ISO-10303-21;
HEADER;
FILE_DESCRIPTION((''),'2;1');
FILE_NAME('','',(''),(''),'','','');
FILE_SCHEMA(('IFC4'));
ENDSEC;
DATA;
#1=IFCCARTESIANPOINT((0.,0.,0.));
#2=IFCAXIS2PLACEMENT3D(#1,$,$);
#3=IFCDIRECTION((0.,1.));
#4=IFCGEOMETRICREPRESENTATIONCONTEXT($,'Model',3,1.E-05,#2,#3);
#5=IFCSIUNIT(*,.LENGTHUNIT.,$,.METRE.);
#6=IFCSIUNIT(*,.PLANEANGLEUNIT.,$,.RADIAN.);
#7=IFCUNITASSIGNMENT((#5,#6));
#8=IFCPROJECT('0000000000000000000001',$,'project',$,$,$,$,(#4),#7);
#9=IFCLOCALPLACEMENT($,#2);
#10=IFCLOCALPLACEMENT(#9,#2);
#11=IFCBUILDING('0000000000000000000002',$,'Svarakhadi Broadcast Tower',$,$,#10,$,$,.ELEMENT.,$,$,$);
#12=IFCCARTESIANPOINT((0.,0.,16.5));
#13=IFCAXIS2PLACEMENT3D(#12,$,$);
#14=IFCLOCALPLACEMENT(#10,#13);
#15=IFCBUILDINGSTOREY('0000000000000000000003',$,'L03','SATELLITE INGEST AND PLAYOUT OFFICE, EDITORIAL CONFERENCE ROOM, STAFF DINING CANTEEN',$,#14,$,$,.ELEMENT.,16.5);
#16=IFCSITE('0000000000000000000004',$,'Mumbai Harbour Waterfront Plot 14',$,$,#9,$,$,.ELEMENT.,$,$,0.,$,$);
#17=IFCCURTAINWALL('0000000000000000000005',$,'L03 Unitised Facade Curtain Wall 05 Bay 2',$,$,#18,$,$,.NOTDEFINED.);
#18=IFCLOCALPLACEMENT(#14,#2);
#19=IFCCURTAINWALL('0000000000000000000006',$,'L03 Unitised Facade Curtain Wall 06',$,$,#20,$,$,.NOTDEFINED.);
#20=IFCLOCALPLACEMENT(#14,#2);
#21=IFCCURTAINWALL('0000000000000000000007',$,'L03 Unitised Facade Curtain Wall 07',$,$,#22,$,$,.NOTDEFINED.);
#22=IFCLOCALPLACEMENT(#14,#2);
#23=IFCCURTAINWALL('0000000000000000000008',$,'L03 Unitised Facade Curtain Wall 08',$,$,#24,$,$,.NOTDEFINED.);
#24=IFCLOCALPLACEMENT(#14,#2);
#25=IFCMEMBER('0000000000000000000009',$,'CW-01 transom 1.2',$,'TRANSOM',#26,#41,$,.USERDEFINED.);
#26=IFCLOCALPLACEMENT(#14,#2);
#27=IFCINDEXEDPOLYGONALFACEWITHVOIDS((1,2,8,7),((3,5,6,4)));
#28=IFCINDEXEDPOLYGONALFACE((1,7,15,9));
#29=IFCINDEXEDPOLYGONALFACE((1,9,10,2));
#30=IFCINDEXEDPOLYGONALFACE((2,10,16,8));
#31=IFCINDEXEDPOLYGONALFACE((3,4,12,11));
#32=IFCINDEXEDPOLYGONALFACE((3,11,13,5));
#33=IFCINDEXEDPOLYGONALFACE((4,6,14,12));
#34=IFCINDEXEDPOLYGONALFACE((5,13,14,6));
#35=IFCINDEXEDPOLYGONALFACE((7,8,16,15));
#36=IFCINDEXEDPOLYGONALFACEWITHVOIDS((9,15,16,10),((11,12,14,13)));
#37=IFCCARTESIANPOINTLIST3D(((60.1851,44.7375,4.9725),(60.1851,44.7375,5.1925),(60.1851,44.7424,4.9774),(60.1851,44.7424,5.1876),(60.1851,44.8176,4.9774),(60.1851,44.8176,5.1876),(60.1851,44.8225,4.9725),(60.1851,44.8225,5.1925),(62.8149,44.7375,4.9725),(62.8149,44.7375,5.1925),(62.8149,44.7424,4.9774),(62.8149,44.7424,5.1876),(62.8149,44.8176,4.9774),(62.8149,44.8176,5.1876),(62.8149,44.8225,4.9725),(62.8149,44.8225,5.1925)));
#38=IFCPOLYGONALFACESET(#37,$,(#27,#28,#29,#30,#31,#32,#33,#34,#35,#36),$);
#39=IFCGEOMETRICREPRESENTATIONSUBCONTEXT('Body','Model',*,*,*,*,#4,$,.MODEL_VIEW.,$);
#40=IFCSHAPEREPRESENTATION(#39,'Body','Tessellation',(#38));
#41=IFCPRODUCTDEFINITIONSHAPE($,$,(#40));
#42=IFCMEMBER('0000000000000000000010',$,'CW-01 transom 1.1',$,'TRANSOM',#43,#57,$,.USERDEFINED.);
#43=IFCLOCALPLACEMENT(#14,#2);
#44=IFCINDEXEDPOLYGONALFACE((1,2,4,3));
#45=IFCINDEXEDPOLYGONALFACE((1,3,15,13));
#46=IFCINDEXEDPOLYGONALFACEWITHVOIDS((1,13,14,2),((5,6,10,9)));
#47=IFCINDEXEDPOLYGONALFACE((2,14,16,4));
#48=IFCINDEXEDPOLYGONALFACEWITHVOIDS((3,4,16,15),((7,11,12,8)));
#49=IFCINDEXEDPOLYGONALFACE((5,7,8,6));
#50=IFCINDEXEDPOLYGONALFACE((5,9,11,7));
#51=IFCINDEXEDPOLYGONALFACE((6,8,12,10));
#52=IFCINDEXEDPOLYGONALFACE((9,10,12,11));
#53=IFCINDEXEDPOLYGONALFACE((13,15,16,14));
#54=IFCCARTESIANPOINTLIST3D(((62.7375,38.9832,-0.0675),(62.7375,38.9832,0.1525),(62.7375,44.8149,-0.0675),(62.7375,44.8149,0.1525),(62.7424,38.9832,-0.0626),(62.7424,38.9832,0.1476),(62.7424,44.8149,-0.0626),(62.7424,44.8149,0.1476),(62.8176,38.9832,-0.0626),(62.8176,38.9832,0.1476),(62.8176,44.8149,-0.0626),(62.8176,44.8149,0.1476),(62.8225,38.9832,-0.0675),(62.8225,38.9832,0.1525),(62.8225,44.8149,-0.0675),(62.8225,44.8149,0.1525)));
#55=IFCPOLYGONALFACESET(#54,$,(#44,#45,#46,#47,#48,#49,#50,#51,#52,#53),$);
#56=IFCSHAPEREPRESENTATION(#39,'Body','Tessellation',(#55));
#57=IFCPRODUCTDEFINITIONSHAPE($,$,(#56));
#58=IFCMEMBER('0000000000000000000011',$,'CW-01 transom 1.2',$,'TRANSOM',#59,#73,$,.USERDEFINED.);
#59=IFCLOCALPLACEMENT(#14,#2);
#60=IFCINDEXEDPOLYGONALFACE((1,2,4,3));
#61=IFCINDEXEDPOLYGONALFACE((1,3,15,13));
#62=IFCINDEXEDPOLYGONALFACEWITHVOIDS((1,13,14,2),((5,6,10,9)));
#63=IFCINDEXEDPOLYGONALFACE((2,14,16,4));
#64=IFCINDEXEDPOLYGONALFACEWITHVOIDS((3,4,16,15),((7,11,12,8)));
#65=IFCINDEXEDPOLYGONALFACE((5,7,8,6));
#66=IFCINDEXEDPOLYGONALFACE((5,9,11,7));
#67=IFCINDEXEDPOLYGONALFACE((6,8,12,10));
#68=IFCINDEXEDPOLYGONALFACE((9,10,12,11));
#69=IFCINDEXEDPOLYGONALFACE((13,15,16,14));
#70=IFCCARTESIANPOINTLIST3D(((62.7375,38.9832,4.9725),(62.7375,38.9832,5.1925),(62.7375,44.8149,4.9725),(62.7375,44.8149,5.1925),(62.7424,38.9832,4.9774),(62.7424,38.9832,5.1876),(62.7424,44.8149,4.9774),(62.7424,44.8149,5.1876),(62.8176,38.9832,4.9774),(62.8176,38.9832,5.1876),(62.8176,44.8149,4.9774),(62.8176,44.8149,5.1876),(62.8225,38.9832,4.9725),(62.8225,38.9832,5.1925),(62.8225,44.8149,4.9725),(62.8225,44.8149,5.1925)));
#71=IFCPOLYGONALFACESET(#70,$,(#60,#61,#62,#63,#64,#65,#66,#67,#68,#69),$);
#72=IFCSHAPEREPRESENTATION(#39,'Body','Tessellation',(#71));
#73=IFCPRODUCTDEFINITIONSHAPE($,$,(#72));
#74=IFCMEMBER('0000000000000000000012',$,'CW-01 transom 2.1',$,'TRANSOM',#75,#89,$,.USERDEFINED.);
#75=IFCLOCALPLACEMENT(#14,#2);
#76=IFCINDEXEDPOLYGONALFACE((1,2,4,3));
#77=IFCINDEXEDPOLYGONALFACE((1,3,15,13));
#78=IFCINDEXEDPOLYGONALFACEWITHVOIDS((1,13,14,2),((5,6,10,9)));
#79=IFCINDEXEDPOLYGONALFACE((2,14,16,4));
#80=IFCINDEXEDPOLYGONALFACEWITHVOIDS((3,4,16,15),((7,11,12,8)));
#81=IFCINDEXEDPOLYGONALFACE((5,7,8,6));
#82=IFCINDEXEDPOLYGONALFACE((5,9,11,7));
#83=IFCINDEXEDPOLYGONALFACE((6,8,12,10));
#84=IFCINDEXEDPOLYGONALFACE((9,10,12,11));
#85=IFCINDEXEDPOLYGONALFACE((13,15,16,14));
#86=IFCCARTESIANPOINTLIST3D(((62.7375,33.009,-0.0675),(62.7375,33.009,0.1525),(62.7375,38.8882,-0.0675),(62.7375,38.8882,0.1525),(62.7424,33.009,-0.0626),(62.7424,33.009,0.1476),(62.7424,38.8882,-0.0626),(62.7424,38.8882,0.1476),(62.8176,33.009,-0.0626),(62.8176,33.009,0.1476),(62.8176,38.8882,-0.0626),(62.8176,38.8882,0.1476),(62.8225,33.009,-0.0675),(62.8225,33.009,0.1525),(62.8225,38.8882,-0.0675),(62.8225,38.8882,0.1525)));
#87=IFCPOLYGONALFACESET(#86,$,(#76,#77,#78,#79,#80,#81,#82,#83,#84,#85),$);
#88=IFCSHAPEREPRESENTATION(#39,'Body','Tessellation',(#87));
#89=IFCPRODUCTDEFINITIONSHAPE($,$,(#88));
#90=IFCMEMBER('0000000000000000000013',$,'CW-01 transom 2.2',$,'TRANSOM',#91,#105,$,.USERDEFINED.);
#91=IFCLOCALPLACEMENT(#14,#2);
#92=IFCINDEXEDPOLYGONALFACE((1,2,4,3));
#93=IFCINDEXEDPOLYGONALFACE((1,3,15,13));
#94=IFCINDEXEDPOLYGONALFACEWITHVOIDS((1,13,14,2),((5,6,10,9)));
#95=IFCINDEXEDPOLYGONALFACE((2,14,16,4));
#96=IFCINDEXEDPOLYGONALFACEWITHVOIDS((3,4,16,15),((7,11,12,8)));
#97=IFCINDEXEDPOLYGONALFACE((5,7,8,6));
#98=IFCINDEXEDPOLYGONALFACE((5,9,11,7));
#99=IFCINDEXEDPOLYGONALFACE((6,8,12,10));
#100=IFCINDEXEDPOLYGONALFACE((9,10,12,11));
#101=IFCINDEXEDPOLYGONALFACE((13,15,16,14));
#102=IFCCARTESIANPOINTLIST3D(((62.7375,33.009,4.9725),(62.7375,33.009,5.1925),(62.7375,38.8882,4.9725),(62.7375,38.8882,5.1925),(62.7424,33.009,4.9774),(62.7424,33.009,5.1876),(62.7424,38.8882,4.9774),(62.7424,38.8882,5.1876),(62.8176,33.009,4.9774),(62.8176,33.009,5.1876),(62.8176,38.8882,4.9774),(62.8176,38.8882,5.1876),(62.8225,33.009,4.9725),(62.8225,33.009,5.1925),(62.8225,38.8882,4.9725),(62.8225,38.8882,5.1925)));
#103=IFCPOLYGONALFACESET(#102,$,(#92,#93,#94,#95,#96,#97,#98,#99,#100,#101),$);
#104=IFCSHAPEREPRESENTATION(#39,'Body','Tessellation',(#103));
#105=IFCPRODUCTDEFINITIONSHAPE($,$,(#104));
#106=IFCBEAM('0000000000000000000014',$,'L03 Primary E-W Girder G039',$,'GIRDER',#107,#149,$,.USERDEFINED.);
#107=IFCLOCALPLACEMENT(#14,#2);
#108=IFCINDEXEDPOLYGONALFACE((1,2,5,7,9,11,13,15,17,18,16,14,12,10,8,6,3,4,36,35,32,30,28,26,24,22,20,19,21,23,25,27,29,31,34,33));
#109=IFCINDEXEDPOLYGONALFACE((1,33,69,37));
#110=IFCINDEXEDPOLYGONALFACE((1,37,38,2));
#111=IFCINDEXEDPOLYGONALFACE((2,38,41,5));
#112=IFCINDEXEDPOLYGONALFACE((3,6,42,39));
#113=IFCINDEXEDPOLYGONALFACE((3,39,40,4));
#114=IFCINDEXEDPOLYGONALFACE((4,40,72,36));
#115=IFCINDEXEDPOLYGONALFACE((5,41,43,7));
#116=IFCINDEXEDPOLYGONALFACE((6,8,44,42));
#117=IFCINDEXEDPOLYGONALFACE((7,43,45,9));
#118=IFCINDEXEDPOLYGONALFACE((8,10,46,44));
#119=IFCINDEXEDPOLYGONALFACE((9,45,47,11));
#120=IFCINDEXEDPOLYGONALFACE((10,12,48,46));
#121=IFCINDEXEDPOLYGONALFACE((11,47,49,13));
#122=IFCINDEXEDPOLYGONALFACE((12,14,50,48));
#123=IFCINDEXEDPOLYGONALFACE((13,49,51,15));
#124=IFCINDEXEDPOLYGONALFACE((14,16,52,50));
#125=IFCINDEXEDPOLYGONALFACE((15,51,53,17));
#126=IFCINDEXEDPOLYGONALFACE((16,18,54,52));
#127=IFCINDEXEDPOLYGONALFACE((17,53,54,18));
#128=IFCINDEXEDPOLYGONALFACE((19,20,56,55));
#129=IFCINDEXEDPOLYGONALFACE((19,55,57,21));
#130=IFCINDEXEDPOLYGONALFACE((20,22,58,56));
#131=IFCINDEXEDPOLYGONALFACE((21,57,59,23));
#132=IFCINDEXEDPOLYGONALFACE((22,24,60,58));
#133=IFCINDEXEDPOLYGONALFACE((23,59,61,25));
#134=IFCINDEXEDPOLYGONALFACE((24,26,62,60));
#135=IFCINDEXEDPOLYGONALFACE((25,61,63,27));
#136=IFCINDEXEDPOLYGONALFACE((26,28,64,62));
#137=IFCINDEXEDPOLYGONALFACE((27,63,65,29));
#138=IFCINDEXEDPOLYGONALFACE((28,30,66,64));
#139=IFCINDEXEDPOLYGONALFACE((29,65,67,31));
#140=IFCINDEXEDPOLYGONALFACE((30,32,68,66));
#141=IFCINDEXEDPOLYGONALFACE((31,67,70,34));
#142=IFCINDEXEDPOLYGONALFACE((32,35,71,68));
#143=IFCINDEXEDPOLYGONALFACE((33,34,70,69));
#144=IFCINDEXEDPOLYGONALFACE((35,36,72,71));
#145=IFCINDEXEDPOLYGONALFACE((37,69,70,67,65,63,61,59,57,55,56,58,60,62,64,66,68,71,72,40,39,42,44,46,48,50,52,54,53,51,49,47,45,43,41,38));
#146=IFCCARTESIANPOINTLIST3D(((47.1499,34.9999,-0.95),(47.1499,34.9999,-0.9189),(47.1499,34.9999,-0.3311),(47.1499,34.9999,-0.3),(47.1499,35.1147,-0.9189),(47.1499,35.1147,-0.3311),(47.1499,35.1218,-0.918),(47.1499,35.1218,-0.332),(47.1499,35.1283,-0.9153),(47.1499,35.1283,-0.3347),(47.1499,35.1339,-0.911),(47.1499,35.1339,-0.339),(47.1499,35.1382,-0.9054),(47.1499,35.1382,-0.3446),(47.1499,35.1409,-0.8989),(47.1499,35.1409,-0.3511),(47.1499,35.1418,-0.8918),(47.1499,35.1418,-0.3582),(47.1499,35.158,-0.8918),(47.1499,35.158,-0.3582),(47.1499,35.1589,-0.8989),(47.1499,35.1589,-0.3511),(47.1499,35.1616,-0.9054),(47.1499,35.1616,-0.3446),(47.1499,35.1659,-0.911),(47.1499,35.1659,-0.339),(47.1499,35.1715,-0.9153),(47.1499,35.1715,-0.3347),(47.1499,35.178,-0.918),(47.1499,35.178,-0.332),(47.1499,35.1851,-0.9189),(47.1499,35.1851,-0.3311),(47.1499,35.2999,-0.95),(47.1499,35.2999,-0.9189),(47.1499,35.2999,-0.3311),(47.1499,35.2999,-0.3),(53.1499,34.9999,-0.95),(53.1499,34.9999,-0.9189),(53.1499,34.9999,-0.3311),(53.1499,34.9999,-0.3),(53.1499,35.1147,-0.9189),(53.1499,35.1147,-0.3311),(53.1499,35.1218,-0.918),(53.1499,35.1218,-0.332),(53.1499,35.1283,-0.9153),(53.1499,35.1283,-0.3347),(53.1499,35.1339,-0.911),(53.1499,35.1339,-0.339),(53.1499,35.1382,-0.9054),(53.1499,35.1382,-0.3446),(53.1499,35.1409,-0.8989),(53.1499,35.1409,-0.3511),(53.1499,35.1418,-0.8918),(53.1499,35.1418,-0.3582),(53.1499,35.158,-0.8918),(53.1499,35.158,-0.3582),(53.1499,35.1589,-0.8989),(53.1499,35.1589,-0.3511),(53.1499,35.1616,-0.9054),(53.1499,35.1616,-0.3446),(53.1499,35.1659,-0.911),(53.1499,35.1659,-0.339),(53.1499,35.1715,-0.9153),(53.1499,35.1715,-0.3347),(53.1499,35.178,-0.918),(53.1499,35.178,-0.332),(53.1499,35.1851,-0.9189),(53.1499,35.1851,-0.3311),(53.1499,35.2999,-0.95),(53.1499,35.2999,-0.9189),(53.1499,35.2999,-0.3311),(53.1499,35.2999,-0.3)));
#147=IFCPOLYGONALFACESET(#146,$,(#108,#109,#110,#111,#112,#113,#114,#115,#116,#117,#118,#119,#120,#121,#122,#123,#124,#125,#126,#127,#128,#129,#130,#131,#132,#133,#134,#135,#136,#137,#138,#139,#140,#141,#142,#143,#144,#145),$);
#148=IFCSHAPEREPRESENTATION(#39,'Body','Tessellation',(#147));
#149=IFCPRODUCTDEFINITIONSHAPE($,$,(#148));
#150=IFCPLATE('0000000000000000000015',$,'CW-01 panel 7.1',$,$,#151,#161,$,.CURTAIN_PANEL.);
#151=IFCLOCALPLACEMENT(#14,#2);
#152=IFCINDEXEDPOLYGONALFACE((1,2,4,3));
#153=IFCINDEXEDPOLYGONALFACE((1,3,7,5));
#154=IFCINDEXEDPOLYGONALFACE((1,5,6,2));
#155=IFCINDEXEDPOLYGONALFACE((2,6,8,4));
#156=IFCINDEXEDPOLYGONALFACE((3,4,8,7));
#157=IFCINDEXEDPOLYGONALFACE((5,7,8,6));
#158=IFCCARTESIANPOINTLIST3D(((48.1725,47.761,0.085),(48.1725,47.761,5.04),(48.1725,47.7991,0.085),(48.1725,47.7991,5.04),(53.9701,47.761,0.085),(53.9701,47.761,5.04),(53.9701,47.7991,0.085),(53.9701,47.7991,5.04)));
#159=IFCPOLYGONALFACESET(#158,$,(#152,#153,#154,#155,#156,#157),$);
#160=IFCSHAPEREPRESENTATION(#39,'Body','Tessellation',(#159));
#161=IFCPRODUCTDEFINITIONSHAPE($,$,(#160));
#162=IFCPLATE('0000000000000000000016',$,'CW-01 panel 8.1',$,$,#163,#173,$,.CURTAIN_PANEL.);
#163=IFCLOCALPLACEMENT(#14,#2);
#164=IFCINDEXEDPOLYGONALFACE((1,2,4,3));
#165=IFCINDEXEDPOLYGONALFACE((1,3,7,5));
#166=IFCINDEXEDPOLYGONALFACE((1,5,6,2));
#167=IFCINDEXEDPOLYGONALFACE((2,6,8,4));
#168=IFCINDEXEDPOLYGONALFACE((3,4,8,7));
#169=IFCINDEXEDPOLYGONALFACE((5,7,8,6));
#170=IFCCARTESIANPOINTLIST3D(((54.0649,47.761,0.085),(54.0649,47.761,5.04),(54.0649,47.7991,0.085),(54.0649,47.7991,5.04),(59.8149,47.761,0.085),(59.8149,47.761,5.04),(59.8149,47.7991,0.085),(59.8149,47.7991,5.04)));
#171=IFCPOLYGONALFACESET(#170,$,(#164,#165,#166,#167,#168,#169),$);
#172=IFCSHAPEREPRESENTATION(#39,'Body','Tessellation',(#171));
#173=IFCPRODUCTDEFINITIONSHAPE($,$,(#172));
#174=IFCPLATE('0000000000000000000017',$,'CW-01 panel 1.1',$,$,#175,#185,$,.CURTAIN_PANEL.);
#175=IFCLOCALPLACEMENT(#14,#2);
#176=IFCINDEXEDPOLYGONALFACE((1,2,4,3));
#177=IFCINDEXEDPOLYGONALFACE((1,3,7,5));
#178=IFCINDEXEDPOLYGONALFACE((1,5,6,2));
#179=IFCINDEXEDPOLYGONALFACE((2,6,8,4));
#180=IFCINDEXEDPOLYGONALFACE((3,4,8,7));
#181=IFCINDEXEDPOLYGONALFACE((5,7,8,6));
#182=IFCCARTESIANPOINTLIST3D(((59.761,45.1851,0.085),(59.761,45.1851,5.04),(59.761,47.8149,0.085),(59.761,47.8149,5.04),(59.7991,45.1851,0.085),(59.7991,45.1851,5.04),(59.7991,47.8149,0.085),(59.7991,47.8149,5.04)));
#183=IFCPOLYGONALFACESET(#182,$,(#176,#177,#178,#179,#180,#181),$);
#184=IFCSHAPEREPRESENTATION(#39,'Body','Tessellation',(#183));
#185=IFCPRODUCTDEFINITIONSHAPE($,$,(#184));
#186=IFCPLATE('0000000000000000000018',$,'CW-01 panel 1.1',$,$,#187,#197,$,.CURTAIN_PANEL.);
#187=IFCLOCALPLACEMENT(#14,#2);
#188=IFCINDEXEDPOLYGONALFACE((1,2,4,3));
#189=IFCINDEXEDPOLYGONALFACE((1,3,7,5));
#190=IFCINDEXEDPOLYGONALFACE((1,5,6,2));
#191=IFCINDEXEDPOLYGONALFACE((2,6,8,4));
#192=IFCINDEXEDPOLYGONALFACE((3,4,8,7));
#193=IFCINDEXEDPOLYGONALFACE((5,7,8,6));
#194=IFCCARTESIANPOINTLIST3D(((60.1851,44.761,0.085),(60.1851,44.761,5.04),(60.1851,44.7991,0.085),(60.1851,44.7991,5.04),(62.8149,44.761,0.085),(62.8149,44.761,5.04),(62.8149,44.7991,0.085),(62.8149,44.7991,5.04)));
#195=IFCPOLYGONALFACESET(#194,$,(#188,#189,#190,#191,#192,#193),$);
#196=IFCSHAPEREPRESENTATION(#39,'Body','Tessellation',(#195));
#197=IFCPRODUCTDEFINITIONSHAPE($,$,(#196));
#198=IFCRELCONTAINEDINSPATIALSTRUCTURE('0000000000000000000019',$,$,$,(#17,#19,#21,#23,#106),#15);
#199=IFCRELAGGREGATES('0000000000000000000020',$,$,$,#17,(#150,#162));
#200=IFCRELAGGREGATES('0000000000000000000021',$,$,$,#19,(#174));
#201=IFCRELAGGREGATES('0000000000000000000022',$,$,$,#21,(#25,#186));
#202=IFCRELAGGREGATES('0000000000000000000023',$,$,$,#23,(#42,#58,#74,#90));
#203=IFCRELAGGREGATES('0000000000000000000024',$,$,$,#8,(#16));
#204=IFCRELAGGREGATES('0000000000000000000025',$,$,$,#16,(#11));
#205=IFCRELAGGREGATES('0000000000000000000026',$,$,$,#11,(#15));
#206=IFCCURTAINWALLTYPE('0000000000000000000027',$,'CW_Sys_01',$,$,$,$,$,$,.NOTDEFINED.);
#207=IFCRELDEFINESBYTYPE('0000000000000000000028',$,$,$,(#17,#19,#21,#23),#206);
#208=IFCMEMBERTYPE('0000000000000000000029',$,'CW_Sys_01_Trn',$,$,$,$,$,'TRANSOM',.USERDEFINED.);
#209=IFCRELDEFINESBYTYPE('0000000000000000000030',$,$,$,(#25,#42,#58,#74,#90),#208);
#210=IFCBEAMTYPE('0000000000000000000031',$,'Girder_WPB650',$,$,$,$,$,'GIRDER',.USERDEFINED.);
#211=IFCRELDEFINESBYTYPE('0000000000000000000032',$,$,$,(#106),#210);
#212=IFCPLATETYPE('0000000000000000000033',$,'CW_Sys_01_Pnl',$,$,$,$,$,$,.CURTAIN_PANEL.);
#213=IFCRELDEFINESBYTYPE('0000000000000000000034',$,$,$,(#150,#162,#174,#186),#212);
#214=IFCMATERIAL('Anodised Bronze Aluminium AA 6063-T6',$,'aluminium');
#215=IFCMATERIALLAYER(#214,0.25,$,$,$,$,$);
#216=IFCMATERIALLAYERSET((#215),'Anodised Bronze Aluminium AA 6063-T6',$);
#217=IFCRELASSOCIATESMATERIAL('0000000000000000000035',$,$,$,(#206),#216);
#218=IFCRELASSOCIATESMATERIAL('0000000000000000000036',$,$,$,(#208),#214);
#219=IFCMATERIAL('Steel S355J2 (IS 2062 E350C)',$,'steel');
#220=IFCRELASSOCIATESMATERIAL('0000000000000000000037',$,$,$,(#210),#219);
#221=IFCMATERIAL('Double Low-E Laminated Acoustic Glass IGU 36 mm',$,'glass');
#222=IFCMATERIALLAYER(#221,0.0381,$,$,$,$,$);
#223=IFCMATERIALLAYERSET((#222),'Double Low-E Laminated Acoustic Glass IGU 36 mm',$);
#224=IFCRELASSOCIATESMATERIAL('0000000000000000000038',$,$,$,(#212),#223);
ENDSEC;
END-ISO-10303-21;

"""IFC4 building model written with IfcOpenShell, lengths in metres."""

from ifc_helpers import new_model, si_unit, direction, frame, origin, origin_2d, place, context, subcontext, project, spatial, rectangle, hollow_rectangle, i_section, extrude, material, layer, layer_set, material_profile, profile_set, type_object, element, aggregate, save


model = new_model("IFC4")

# Units and contexts
model_context = context("Model", 3, precision=1e-05, world=origin(), true_north=direction((0.0, 1.0)))
body_context = subcontext(model_context, "Body", "Model", "MODEL_VIEW")
ifc_project = project(units=[si_unit("LENGTHUNIT", "METRE"), si_unit("PLANEANGLEUNIT", "RADIAN")], contexts=[model_context])

# Site, building, storey
site_placement = place(None, origin())
site = spatial("IfcSite", under=ifc_project, at=site_placement, Name="Mumbai Harbour Waterfront Plot 14", CompositionType="ELEMENT", RefElevation=0.0)
building_placement = place(site_placement, origin())
building = spatial("IfcBuilding", under=site, at=building_placement, Name="Svarakhadi Broadcast Tower", CompositionType="ELEMENT")
storey_placement = place(building_placement, frame((0.0, 0.0, 16.5)))
storey = spatial("IfcBuildingStorey", under=building, at=storey_placement, Name="L03", Description="SATELLITE INGEST AND PLAYOUT OFFICE, EDITORIAL CONFERENCE ROOM, STAFF DINING CANTEEN", CompositionType="ELEMENT", Elevation=16.5)

# Curtain walls
ifc_material_1 = material(Name="Anodised Bronze Aluminium AA 6063-T6", Category="aluminium")
ifc_layer_1 = layer(ifc_material_1, 0.25)
ifc_layer_set_1 = layer_set([ifc_layer_1], Name="Anodised Bronze Aluminium AA 6063-T6")
curtain_wall_type = type_object("IfcCurtainWallType", Name="CW_Sys_01", PredefinedType="NOTDEFINED", material=ifc_layer_set_1)
curtain_wall_1_placement = place(storey_placement, origin())
curtain_wall_1 = element("IfcCurtainWall", 1, at=curtain_wall_1_placement, inside=storey, type_object=curtain_wall_type, Name="L03 Unitised Facade Curtain Wall 05 Bay 2", PredefinedType="NOTDEFINED")
curtain_wall_2_placement = place(storey_placement, origin())
curtain_wall_2 = element("IfcCurtainWall", 2, at=curtain_wall_2_placement, inside=storey, type_object=curtain_wall_type, Name="L03 Unitised Facade Curtain Wall 06", PredefinedType="NOTDEFINED")
curtain_wall_3_placement = place(storey_placement, origin())
curtain_wall_3 = element("IfcCurtainWall", 3, at=curtain_wall_3_placement, inside=storey, type_object=curtain_wall_type, Name="L03 Unitised Facade Curtain Wall 07", PredefinedType="NOTDEFINED")
curtain_wall_4_placement = place(storey_placement, origin())
curtain_wall_4 = element("IfcCurtainWall", 4, at=curtain_wall_4_placement, inside=storey, type_object=curtain_wall_type, Name="L03 Unitised Facade Curtain Wall 08", PredefinedType="NOTDEFINED")

# Members
ifc_material_profile_1 = material_profile(ifc_material_1, hollow_rectangle(XDim=0.085, YDim=0.22, WallThickness=0.0049, at=origin_2d()), Name="ALU TRANSOM 220x85x5")
ifc_profile_set_1 = profile_set([ifc_material_profile_1], Name="Anodised Bronze Aluminium AA 6063-T6")
member_type_1 = type_object("IfcMemberType", Name="CW_Sys_01_Trn", ElementType="TRANSOM", PredefinedType="USERDEFINED", material=ifc_profile_set_1)
member_1_placement = place(storey_placement, frame((60.1851, 44.78, 5.0825), z_axis=(1.0, 0.0, 0.0), x_axis=(0.0, 1.0, 0.0)))
member_1 = element("IfcMember", 5, at=member_1_placement, type_object=member_type_1, Name="CW-01 transom 1.2", ObjectType="TRANSOM", PredefinedType="USERDEFINED", context=body_context, shape_type="SweptSolid", body=[
    extrude(hollow_rectangle(XDim=0.085, YDim=0.22, WallThickness=0.0049, at=origin_2d()), origin(), (0.0, 0.0, 1.0), 2.6299),
])
member_2_placement = place(storey_placement, frame((62.78, 44.8149, 0.0425), z_axis=(0.0, -1.0, 0.0), x_axis=(1.0, 0.0, 0.0)))
member_2 = element("IfcMember", 6, at=member_2_placement, type_object=member_type_1, Name="CW-01 transom 1.1", ObjectType="TRANSOM", PredefinedType="USERDEFINED", context=body_context, shape_type="SweptSolid", body=[
    extrude(hollow_rectangle(XDim=0.085, YDim=0.22, WallThickness=0.0049, at=origin_2d()), origin(), (0.0, 0.0, 1.0), 5.8318),
])
member_3_placement = place(storey_placement, frame((62.78, 44.8149, 5.0825), z_axis=(0.0, -1.0, 0.0), x_axis=(1.0, 0.0, 0.0)))
member_3 = element("IfcMember", 7, at=member_3_placement, type_object=member_type_1, Name="CW-01 transom 1.2", ObjectType="TRANSOM", PredefinedType="USERDEFINED", context=body_context, shape_type="SweptSolid", body=[
    extrude(hollow_rectangle(XDim=0.085, YDim=0.22, WallThickness=0.0049, at=origin_2d()), origin(), (0.0, 0.0, 1.0), 5.8318),
])
member_4_placement = place(storey_placement, frame((62.78, 38.8882, 0.0425), z_axis=(0.0, -1.0, 0.0), x_axis=(1.0, 0.0, 0.0)))
member_4 = element("IfcMember", 8, at=member_4_placement, type_object=member_type_1, Name="CW-01 transom 2.1", ObjectType="TRANSOM", PredefinedType="USERDEFINED", context=body_context, shape_type="SweptSolid", body=[
    extrude(hollow_rectangle(XDim=0.085, YDim=0.22, WallThickness=0.0049, at=origin_2d()), origin(), (0.0, 0.0, 1.0), 5.8792),
])
member_5_placement = place(storey_placement, frame((62.78, 38.8882, 5.0825), z_axis=(0.0, -1.0, 0.0), x_axis=(1.0, 0.0, 0.0)))
member_5 = element("IfcMember", 9, at=member_5_placement, type_object=member_type_1, Name="CW-01 transom 2.2", ObjectType="TRANSOM", PredefinedType="USERDEFINED", context=body_context, shape_type="SweptSolid", body=[
    extrude(hollow_rectangle(XDim=0.085, YDim=0.22, WallThickness=0.0049, at=origin_2d()), origin(), (0.0, 0.0, 1.0), 5.8792),
])

# Beam
ifc_material_2 = material(Name="Steel S355J2 (IS 2062 E350C)", Category="steel")
ifc_material_profile_2 = material_profile(ifc_material_2, i_section(OverallWidth=0.3, OverallDepth=0.6499, WebThickness=0.0161, FlangeThickness=0.031, FilletRadius=0.0271, at=origin_2d()), Name="WPB 650x300x225")
ifc_profile_set_2 = profile_set([ifc_material_profile_2], Name="Steel S355J2 (IS 2062 E350C)")
beam_type = type_object("IfcBeamType", Name="Girder_WPB650", ElementType="GIRDER", PredefinedType="USERDEFINED", material=ifc_profile_set_2)
beam_placement = place(storey_placement, frame((47.1499, 35.1499, -0.625), z_axis=(1.0, 0.0, 0.0), x_axis=(0.0, 1.0, 0.0)))
element("IfcBeam", 10, at=beam_placement, inside=storey, type_object=beam_type, Name="L03 Primary E-W Girder G039", ObjectType="GIRDER", PredefinedType="USERDEFINED", context=body_context, shape_type="SweptSolid", body=[
    extrude(i_section(OverallWidth=0.3, OverallDepth=0.6499, WebThickness=0.0161, FlangeThickness=0.031, FilletRadius=0.0271, at=origin_2d()), origin(), (0.0, 0.0, 1.0), 6.0),
])

# Plates
ifc_material_3 = material(Name="Double Low-E Laminated Acoustic Glass IGU 36 mm", Category="glass")
ifc_layer_2 = layer(ifc_material_3, 0.0381)
ifc_layer_set_2 = layer_set([ifc_layer_2], Name="Double Low-E Laminated Acoustic Glass IGU 36 mm")
plate_type = type_object("IfcPlateType", Name="CW_Sys_01_Pnl", PredefinedType="CURTAIN_PANEL", material=ifc_layer_set_2)
plate_1_placement = place(storey_placement, frame((51.0713, 47.78, 0.085), z_axis=(0.0, 0.0, 1.0), x_axis=(1.0, 0.0, 0.0)))
plate_1 = element("IfcPlate", 11, at=plate_1_placement, type_object=plate_type, Name="CW-01 panel 7.1", PredefinedType="CURTAIN_PANEL", context=body_context, shape_type="SweptSolid", body=[
    extrude(rectangle(XDim=5.7976, YDim=0.0381, at=origin_2d()), origin(), (0.0, 0.0, 1.0), 4.9551),
])
plate_2_placement = place(storey_placement, frame((56.9399, 47.78, 0.085), z_axis=(0.0, 0.0, 1.0), x_axis=(1.0, 0.0, 0.0)))
plate_2 = element("IfcPlate", 12, at=plate_2_placement, type_object=plate_type, Name="CW-01 panel 8.1", PredefinedType="CURTAIN_PANEL", context=body_context, shape_type="SweptSolid", body=[
    extrude(rectangle(XDim=5.75, YDim=0.0381, at=origin_2d()), origin(), (0.0, 0.0, 1.0), 4.9551),
])
aggregate(curtain_wall_1, [plate_1, plate_2])
plate_3_placement = place(storey_placement, frame((59.78, 46.5, 0.085), z_axis=(0.0, 0.0, 1.0), x_axis=(0.0, -1.0, 0.0)))
plate_3 = element("IfcPlate", 13, at=plate_3_placement, type_object=plate_type, Name="CW-01 panel 1.1", PredefinedType="CURTAIN_PANEL", context=body_context, shape_type="SweptSolid", body=[
    extrude(rectangle(XDim=2.6299, YDim=0.0381, at=origin_2d()), origin(), (0.0, 0.0, 1.0), 4.9551),
])
aggregate(curtain_wall_2, [plate_3])
plate_4_placement = place(storey_placement, frame((61.5, 44.78, 0.085), z_axis=(0.0, 0.0, 1.0), x_axis=(1.0, 0.0, 0.0)))
plate_4 = element("IfcPlate", 14, at=plate_4_placement, type_object=plate_type, Name="CW-01 panel 1.1", PredefinedType="CURTAIN_PANEL", context=body_context, shape_type="SweptSolid", body=[
    extrude(rectangle(XDim=2.6299, YDim=0.0381, at=origin_2d()), origin(), (0.0, 0.0, 1.0), 4.9551),
])
aggregate(curtain_wall_3, [member_1, plate_4])
aggregate(curtain_wall_4, [member_2, member_3, member_4, member_5])

save(model, "model.ifc")
